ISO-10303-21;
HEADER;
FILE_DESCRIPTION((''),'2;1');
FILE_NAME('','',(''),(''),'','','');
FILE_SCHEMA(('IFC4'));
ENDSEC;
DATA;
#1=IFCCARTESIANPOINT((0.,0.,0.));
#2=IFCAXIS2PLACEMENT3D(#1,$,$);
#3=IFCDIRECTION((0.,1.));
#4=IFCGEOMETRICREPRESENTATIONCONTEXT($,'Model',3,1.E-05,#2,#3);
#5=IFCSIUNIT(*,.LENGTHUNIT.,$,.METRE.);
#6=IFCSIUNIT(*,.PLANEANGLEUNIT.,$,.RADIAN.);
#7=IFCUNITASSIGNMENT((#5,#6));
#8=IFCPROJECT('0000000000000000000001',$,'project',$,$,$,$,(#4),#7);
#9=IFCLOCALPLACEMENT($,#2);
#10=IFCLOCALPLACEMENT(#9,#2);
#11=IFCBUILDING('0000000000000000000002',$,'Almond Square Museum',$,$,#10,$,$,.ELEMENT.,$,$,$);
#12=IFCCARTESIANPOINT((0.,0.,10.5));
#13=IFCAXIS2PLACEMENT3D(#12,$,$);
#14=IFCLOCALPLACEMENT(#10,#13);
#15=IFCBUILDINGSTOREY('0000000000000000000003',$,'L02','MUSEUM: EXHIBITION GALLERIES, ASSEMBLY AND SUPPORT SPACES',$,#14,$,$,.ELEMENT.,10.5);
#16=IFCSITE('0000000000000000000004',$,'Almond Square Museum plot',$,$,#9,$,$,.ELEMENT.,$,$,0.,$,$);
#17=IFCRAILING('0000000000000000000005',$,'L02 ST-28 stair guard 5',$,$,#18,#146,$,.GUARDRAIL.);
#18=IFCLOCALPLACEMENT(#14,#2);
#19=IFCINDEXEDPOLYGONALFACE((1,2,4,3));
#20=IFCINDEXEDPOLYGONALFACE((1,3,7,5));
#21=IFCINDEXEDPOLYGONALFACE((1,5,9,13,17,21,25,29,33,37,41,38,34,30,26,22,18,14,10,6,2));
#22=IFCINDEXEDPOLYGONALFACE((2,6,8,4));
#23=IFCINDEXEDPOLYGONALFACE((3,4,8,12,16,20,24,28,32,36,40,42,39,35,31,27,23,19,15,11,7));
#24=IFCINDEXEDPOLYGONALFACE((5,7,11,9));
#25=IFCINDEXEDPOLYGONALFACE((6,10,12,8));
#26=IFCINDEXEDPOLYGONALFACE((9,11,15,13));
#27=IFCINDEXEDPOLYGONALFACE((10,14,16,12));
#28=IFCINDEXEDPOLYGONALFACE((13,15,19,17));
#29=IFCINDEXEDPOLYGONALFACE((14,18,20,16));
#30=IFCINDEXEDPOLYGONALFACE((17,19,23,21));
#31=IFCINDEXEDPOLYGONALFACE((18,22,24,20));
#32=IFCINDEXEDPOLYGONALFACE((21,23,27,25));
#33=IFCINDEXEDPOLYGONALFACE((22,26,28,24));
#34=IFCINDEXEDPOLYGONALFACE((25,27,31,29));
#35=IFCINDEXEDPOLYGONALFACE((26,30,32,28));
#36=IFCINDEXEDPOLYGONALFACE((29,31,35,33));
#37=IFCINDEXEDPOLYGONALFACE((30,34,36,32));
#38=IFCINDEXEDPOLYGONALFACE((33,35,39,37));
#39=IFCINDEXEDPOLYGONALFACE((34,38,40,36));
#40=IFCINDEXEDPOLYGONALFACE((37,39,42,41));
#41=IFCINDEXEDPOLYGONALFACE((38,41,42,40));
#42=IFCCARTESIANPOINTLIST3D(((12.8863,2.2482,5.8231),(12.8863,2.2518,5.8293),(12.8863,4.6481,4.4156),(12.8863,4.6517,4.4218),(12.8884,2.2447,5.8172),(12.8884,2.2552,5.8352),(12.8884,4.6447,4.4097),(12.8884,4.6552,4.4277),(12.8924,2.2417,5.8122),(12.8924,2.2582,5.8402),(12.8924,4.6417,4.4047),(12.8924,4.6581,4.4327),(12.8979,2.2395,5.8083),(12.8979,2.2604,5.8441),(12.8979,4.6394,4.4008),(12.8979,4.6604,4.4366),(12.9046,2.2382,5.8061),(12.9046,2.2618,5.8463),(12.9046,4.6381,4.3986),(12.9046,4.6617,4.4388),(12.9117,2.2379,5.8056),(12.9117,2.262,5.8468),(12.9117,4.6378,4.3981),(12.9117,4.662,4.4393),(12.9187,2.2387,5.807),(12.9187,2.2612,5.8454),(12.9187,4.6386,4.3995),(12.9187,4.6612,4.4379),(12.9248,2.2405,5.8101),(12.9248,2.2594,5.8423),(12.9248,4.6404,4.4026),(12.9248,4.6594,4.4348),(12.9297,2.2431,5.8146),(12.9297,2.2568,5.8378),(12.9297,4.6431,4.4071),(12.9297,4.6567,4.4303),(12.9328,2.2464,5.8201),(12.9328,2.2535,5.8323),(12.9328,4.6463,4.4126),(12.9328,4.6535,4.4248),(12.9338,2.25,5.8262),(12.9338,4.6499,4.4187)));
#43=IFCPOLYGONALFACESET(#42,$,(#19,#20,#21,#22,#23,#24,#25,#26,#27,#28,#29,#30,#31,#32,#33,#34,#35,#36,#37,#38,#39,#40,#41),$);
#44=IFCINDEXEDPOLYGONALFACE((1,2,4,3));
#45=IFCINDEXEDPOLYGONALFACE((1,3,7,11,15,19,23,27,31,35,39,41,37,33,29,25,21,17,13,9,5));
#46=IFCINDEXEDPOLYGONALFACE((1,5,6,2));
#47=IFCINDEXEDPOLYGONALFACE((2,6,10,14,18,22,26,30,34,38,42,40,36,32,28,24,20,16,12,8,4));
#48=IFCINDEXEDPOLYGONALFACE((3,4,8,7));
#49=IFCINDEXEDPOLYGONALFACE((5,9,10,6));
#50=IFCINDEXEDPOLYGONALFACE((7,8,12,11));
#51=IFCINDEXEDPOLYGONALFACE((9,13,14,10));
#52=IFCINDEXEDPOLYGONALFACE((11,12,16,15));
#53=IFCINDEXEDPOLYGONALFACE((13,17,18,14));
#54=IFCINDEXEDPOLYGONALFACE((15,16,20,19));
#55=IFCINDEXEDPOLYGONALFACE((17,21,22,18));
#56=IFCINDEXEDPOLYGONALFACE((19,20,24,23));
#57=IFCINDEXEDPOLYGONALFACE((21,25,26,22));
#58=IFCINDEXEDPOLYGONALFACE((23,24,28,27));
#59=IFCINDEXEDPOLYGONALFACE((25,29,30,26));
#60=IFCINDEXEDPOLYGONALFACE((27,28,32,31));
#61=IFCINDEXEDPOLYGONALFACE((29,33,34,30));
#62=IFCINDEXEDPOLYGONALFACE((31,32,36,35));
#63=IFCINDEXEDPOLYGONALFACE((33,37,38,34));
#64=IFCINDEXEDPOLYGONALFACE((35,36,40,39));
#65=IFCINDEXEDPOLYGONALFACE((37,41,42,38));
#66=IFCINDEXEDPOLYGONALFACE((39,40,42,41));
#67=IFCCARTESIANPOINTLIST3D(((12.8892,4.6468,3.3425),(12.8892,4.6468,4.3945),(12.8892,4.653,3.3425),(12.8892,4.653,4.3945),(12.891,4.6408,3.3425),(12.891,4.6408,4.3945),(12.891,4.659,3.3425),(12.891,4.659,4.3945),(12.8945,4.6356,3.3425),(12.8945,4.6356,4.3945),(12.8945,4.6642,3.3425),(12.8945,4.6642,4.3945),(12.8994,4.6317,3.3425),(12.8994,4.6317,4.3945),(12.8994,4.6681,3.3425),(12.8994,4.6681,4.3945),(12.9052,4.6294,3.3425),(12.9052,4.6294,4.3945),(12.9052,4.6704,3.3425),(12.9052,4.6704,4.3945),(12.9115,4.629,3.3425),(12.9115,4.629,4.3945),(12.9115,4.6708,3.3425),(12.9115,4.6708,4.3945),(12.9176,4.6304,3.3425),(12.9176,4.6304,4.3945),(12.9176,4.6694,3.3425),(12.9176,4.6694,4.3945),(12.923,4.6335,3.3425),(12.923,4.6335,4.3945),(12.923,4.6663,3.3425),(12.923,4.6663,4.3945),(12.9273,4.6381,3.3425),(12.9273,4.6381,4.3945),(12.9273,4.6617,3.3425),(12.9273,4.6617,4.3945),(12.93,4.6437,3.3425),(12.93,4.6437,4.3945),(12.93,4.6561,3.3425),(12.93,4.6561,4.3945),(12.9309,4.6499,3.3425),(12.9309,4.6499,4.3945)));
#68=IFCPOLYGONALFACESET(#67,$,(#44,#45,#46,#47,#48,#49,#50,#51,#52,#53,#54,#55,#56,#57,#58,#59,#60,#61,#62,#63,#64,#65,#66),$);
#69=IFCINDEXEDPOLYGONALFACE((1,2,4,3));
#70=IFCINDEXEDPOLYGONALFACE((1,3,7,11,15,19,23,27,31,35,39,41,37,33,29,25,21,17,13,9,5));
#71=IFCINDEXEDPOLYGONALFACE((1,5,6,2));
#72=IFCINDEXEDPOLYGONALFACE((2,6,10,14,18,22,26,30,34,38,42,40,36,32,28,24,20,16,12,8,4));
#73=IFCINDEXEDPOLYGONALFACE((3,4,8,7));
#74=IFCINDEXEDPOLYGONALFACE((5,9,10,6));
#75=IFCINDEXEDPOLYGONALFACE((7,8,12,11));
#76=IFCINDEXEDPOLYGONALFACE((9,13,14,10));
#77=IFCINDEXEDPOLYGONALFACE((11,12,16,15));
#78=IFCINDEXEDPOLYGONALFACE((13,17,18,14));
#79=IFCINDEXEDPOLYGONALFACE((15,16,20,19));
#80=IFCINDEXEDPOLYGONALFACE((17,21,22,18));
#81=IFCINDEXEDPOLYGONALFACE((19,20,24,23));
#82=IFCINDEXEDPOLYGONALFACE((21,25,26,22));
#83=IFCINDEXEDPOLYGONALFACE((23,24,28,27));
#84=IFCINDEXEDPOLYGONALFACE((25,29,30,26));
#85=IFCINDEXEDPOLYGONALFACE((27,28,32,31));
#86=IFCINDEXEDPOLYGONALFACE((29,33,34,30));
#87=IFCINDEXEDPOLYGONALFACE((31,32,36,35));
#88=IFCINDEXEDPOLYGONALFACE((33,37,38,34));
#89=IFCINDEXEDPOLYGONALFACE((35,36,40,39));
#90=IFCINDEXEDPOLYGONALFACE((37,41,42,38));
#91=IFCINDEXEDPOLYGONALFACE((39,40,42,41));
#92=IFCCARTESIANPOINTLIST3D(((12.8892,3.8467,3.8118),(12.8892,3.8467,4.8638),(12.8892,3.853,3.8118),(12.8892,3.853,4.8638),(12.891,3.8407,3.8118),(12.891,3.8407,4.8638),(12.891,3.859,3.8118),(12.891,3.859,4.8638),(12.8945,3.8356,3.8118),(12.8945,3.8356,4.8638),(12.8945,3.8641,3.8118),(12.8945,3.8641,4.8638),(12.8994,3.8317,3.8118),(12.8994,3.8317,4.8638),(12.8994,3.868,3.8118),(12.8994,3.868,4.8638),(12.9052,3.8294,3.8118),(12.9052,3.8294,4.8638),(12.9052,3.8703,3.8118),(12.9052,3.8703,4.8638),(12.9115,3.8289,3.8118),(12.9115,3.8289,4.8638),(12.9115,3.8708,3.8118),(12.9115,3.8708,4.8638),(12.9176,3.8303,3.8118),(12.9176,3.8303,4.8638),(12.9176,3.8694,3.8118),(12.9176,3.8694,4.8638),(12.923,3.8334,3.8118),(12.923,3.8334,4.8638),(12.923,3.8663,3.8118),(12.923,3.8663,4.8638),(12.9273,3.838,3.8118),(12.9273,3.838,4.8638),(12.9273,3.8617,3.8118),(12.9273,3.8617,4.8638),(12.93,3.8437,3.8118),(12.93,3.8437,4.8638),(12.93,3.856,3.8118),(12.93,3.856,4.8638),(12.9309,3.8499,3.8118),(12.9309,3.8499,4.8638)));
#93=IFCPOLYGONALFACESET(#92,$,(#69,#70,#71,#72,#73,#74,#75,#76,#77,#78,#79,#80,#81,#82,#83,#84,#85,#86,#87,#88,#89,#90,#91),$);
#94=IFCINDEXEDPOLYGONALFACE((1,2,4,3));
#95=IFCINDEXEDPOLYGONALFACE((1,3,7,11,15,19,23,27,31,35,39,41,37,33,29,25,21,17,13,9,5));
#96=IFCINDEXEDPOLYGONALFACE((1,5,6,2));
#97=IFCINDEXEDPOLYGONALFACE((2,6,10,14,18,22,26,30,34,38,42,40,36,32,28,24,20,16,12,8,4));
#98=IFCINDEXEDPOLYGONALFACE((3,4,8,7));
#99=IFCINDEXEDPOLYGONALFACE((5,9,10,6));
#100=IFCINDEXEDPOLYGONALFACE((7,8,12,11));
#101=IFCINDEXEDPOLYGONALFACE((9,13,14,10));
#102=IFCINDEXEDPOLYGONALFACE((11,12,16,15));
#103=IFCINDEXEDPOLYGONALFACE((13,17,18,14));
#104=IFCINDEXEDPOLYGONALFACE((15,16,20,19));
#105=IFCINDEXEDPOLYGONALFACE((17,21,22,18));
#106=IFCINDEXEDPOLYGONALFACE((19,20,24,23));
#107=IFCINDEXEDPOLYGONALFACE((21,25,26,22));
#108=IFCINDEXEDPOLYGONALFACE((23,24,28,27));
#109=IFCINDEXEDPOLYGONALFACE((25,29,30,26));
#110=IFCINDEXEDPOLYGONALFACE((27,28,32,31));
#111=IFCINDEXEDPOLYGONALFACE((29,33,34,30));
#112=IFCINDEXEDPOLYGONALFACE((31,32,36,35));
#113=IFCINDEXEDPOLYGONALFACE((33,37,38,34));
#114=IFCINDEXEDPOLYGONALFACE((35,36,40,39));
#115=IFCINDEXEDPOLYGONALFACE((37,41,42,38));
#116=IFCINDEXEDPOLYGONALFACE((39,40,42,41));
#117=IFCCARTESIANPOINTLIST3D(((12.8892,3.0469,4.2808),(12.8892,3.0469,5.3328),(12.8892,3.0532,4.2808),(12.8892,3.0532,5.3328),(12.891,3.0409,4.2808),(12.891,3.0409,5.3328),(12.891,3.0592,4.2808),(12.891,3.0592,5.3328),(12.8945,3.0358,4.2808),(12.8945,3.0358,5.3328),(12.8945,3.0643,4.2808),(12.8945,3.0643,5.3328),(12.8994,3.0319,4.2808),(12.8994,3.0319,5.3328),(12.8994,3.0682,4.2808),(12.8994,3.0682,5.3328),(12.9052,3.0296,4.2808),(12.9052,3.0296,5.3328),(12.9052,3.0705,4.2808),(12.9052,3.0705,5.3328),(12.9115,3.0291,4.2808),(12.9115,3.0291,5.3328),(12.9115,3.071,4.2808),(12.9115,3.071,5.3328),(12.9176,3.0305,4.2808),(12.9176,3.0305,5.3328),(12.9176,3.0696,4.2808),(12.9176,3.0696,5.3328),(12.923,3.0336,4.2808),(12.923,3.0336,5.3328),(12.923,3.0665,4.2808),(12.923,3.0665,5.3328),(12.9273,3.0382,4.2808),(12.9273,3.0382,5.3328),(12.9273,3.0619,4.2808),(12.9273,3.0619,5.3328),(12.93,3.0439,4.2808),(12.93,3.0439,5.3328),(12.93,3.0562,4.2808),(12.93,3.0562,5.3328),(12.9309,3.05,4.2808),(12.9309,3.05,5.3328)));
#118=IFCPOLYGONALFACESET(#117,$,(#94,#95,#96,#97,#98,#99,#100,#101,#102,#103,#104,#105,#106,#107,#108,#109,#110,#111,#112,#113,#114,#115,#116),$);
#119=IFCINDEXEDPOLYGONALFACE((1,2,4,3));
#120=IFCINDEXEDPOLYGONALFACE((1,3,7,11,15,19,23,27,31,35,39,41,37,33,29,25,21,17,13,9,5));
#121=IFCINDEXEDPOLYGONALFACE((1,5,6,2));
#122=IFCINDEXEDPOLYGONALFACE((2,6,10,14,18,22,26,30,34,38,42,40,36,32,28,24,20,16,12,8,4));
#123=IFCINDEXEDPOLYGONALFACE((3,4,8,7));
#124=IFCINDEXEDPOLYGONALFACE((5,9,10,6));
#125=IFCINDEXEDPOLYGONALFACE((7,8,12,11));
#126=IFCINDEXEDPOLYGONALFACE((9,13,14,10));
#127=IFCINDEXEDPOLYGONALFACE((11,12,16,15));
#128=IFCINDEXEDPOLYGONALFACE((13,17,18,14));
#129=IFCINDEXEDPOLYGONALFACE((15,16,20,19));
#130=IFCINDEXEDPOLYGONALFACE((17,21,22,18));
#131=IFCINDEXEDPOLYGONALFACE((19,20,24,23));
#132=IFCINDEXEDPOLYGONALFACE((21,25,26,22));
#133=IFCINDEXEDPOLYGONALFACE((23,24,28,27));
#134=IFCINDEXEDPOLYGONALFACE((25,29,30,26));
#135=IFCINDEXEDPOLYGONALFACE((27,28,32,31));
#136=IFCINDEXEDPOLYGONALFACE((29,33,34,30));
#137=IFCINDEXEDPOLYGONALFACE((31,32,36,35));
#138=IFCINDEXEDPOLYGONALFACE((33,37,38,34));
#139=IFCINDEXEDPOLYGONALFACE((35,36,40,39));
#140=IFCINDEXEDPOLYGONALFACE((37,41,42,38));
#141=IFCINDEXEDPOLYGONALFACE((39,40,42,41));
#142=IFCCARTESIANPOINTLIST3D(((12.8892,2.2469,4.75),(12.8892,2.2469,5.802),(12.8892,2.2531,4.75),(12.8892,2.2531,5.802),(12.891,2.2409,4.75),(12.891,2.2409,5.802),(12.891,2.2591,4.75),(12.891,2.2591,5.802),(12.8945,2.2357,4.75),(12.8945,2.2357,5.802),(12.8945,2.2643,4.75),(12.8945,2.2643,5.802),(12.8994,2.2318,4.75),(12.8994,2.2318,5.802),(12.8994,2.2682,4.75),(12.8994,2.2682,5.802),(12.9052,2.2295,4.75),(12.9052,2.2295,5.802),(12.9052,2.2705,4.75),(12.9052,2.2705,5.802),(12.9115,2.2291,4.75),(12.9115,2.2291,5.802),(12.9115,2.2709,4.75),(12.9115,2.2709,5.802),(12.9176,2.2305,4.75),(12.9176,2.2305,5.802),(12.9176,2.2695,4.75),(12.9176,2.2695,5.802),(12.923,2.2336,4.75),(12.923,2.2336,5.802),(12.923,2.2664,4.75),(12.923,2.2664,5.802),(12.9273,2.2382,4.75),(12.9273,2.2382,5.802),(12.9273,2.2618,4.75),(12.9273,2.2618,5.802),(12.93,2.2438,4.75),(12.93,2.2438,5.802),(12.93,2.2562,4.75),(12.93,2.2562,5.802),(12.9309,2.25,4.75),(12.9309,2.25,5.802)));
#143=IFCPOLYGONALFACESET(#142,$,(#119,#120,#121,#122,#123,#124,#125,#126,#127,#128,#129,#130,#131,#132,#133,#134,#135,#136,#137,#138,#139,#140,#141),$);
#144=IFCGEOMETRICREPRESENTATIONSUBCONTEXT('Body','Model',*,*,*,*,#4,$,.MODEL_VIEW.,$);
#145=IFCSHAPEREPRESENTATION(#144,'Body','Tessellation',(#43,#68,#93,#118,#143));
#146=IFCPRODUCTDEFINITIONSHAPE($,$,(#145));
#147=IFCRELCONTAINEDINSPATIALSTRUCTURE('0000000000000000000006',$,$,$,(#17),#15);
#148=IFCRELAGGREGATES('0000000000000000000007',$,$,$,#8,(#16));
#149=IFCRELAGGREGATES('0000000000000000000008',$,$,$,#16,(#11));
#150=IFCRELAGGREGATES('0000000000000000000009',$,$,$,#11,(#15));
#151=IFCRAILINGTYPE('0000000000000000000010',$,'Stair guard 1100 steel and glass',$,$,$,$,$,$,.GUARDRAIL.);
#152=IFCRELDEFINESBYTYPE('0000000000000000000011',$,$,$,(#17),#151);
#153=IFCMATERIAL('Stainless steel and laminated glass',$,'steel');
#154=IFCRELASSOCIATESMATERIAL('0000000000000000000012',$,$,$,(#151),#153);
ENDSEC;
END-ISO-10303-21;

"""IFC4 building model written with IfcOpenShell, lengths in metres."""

from ifc_helpers import new_model, si_unit, direction, frame, origin, origin_2d, place, context, subcontext, project, spatial, circle, extrude, material, type_object, element, save


model = new_model("IFC4")

# Units and contexts
model_context = context("Model", 3, precision=1e-05, world=origin(), true_north=direction((0.0, 1.0)))
body_context = subcontext(model_context, "Body", "Model", "MODEL_VIEW")
ifc_project = project(units=[si_unit("LENGTHUNIT", "METRE"), si_unit("PLANEANGLEUNIT", "RADIAN")], contexts=[model_context])

# Site, building, storey
site_placement = place(None, origin())
site = spatial("IfcSite", under=ifc_project, at=site_placement, Name="Almond Square Museum plot", CompositionType="ELEMENT", RefElevation=0.0)
building_placement = place(site_placement, origin())
building = spatial("IfcBuilding", under=site, at=building_placement, Name="Almond Square Museum", CompositionType="ELEMENT")
storey_placement = place(building_placement, frame((0.0, 0.0, 10.5)))
storey = spatial("IfcBuildingStorey", under=building, at=storey_placement, Name="L02", Description="MUSEUM: EXHIBITION GALLERIES, ASSEMBLY AND SUPPORT SPACES", CompositionType="ELEMENT", Elevation=10.5)

# Railing
ifc_material_1 = material(Name="Stainless steel and laminated glass", Category="steel")
railing_type_1 = type_object("IfcRailingType", Name="Stair guard 1100 steel and glass", PredefinedType="GUARDRAIL", material=ifc_material_1)
railing_1_placement = place(storey_placement, frame((12.9099, 4.6499, 3.3425)))
element("IfcRailing", 1, at=railing_1_placement, inside=storey, type_object=railing_type_1, Name="L02 ST-28 stair guard 5", PredefinedType="GUARDRAIL", context=body_context, shape_type="SweptSolid", body=[
    extrude(circle(Radius=0.0239, at=origin_2d()), frame((0.0, 0.0, 1.0762), z_axis=(0.0, -0.862599, 0.505888), x_axis=(1.0, 0.0, 0.0)), (0.0, 0.0, 1.0), 2.7822),
    extrude(circle(Radius=0.021, at=origin_2d()), origin(), (0.0, 0.0, 1.0), 1.052),
    extrude(circle(Radius=0.021, at=origin_2d()), frame((0.0, -0.8, 0.4692)), (0.0, 0.0, 1.0), 1.052),
    extrude(circle(Radius=0.021, at=origin_2d()), frame((0.0, -1.5999, 0.9382)), (0.0, 0.0, 1.0), 1.052),
    extrude(circle(Radius=0.021, at=origin_2d()), frame((0.0, -2.3999, 1.4075)), (0.0, 0.0, 1.0), 1.052),
])

save(model, "model.ifc")
